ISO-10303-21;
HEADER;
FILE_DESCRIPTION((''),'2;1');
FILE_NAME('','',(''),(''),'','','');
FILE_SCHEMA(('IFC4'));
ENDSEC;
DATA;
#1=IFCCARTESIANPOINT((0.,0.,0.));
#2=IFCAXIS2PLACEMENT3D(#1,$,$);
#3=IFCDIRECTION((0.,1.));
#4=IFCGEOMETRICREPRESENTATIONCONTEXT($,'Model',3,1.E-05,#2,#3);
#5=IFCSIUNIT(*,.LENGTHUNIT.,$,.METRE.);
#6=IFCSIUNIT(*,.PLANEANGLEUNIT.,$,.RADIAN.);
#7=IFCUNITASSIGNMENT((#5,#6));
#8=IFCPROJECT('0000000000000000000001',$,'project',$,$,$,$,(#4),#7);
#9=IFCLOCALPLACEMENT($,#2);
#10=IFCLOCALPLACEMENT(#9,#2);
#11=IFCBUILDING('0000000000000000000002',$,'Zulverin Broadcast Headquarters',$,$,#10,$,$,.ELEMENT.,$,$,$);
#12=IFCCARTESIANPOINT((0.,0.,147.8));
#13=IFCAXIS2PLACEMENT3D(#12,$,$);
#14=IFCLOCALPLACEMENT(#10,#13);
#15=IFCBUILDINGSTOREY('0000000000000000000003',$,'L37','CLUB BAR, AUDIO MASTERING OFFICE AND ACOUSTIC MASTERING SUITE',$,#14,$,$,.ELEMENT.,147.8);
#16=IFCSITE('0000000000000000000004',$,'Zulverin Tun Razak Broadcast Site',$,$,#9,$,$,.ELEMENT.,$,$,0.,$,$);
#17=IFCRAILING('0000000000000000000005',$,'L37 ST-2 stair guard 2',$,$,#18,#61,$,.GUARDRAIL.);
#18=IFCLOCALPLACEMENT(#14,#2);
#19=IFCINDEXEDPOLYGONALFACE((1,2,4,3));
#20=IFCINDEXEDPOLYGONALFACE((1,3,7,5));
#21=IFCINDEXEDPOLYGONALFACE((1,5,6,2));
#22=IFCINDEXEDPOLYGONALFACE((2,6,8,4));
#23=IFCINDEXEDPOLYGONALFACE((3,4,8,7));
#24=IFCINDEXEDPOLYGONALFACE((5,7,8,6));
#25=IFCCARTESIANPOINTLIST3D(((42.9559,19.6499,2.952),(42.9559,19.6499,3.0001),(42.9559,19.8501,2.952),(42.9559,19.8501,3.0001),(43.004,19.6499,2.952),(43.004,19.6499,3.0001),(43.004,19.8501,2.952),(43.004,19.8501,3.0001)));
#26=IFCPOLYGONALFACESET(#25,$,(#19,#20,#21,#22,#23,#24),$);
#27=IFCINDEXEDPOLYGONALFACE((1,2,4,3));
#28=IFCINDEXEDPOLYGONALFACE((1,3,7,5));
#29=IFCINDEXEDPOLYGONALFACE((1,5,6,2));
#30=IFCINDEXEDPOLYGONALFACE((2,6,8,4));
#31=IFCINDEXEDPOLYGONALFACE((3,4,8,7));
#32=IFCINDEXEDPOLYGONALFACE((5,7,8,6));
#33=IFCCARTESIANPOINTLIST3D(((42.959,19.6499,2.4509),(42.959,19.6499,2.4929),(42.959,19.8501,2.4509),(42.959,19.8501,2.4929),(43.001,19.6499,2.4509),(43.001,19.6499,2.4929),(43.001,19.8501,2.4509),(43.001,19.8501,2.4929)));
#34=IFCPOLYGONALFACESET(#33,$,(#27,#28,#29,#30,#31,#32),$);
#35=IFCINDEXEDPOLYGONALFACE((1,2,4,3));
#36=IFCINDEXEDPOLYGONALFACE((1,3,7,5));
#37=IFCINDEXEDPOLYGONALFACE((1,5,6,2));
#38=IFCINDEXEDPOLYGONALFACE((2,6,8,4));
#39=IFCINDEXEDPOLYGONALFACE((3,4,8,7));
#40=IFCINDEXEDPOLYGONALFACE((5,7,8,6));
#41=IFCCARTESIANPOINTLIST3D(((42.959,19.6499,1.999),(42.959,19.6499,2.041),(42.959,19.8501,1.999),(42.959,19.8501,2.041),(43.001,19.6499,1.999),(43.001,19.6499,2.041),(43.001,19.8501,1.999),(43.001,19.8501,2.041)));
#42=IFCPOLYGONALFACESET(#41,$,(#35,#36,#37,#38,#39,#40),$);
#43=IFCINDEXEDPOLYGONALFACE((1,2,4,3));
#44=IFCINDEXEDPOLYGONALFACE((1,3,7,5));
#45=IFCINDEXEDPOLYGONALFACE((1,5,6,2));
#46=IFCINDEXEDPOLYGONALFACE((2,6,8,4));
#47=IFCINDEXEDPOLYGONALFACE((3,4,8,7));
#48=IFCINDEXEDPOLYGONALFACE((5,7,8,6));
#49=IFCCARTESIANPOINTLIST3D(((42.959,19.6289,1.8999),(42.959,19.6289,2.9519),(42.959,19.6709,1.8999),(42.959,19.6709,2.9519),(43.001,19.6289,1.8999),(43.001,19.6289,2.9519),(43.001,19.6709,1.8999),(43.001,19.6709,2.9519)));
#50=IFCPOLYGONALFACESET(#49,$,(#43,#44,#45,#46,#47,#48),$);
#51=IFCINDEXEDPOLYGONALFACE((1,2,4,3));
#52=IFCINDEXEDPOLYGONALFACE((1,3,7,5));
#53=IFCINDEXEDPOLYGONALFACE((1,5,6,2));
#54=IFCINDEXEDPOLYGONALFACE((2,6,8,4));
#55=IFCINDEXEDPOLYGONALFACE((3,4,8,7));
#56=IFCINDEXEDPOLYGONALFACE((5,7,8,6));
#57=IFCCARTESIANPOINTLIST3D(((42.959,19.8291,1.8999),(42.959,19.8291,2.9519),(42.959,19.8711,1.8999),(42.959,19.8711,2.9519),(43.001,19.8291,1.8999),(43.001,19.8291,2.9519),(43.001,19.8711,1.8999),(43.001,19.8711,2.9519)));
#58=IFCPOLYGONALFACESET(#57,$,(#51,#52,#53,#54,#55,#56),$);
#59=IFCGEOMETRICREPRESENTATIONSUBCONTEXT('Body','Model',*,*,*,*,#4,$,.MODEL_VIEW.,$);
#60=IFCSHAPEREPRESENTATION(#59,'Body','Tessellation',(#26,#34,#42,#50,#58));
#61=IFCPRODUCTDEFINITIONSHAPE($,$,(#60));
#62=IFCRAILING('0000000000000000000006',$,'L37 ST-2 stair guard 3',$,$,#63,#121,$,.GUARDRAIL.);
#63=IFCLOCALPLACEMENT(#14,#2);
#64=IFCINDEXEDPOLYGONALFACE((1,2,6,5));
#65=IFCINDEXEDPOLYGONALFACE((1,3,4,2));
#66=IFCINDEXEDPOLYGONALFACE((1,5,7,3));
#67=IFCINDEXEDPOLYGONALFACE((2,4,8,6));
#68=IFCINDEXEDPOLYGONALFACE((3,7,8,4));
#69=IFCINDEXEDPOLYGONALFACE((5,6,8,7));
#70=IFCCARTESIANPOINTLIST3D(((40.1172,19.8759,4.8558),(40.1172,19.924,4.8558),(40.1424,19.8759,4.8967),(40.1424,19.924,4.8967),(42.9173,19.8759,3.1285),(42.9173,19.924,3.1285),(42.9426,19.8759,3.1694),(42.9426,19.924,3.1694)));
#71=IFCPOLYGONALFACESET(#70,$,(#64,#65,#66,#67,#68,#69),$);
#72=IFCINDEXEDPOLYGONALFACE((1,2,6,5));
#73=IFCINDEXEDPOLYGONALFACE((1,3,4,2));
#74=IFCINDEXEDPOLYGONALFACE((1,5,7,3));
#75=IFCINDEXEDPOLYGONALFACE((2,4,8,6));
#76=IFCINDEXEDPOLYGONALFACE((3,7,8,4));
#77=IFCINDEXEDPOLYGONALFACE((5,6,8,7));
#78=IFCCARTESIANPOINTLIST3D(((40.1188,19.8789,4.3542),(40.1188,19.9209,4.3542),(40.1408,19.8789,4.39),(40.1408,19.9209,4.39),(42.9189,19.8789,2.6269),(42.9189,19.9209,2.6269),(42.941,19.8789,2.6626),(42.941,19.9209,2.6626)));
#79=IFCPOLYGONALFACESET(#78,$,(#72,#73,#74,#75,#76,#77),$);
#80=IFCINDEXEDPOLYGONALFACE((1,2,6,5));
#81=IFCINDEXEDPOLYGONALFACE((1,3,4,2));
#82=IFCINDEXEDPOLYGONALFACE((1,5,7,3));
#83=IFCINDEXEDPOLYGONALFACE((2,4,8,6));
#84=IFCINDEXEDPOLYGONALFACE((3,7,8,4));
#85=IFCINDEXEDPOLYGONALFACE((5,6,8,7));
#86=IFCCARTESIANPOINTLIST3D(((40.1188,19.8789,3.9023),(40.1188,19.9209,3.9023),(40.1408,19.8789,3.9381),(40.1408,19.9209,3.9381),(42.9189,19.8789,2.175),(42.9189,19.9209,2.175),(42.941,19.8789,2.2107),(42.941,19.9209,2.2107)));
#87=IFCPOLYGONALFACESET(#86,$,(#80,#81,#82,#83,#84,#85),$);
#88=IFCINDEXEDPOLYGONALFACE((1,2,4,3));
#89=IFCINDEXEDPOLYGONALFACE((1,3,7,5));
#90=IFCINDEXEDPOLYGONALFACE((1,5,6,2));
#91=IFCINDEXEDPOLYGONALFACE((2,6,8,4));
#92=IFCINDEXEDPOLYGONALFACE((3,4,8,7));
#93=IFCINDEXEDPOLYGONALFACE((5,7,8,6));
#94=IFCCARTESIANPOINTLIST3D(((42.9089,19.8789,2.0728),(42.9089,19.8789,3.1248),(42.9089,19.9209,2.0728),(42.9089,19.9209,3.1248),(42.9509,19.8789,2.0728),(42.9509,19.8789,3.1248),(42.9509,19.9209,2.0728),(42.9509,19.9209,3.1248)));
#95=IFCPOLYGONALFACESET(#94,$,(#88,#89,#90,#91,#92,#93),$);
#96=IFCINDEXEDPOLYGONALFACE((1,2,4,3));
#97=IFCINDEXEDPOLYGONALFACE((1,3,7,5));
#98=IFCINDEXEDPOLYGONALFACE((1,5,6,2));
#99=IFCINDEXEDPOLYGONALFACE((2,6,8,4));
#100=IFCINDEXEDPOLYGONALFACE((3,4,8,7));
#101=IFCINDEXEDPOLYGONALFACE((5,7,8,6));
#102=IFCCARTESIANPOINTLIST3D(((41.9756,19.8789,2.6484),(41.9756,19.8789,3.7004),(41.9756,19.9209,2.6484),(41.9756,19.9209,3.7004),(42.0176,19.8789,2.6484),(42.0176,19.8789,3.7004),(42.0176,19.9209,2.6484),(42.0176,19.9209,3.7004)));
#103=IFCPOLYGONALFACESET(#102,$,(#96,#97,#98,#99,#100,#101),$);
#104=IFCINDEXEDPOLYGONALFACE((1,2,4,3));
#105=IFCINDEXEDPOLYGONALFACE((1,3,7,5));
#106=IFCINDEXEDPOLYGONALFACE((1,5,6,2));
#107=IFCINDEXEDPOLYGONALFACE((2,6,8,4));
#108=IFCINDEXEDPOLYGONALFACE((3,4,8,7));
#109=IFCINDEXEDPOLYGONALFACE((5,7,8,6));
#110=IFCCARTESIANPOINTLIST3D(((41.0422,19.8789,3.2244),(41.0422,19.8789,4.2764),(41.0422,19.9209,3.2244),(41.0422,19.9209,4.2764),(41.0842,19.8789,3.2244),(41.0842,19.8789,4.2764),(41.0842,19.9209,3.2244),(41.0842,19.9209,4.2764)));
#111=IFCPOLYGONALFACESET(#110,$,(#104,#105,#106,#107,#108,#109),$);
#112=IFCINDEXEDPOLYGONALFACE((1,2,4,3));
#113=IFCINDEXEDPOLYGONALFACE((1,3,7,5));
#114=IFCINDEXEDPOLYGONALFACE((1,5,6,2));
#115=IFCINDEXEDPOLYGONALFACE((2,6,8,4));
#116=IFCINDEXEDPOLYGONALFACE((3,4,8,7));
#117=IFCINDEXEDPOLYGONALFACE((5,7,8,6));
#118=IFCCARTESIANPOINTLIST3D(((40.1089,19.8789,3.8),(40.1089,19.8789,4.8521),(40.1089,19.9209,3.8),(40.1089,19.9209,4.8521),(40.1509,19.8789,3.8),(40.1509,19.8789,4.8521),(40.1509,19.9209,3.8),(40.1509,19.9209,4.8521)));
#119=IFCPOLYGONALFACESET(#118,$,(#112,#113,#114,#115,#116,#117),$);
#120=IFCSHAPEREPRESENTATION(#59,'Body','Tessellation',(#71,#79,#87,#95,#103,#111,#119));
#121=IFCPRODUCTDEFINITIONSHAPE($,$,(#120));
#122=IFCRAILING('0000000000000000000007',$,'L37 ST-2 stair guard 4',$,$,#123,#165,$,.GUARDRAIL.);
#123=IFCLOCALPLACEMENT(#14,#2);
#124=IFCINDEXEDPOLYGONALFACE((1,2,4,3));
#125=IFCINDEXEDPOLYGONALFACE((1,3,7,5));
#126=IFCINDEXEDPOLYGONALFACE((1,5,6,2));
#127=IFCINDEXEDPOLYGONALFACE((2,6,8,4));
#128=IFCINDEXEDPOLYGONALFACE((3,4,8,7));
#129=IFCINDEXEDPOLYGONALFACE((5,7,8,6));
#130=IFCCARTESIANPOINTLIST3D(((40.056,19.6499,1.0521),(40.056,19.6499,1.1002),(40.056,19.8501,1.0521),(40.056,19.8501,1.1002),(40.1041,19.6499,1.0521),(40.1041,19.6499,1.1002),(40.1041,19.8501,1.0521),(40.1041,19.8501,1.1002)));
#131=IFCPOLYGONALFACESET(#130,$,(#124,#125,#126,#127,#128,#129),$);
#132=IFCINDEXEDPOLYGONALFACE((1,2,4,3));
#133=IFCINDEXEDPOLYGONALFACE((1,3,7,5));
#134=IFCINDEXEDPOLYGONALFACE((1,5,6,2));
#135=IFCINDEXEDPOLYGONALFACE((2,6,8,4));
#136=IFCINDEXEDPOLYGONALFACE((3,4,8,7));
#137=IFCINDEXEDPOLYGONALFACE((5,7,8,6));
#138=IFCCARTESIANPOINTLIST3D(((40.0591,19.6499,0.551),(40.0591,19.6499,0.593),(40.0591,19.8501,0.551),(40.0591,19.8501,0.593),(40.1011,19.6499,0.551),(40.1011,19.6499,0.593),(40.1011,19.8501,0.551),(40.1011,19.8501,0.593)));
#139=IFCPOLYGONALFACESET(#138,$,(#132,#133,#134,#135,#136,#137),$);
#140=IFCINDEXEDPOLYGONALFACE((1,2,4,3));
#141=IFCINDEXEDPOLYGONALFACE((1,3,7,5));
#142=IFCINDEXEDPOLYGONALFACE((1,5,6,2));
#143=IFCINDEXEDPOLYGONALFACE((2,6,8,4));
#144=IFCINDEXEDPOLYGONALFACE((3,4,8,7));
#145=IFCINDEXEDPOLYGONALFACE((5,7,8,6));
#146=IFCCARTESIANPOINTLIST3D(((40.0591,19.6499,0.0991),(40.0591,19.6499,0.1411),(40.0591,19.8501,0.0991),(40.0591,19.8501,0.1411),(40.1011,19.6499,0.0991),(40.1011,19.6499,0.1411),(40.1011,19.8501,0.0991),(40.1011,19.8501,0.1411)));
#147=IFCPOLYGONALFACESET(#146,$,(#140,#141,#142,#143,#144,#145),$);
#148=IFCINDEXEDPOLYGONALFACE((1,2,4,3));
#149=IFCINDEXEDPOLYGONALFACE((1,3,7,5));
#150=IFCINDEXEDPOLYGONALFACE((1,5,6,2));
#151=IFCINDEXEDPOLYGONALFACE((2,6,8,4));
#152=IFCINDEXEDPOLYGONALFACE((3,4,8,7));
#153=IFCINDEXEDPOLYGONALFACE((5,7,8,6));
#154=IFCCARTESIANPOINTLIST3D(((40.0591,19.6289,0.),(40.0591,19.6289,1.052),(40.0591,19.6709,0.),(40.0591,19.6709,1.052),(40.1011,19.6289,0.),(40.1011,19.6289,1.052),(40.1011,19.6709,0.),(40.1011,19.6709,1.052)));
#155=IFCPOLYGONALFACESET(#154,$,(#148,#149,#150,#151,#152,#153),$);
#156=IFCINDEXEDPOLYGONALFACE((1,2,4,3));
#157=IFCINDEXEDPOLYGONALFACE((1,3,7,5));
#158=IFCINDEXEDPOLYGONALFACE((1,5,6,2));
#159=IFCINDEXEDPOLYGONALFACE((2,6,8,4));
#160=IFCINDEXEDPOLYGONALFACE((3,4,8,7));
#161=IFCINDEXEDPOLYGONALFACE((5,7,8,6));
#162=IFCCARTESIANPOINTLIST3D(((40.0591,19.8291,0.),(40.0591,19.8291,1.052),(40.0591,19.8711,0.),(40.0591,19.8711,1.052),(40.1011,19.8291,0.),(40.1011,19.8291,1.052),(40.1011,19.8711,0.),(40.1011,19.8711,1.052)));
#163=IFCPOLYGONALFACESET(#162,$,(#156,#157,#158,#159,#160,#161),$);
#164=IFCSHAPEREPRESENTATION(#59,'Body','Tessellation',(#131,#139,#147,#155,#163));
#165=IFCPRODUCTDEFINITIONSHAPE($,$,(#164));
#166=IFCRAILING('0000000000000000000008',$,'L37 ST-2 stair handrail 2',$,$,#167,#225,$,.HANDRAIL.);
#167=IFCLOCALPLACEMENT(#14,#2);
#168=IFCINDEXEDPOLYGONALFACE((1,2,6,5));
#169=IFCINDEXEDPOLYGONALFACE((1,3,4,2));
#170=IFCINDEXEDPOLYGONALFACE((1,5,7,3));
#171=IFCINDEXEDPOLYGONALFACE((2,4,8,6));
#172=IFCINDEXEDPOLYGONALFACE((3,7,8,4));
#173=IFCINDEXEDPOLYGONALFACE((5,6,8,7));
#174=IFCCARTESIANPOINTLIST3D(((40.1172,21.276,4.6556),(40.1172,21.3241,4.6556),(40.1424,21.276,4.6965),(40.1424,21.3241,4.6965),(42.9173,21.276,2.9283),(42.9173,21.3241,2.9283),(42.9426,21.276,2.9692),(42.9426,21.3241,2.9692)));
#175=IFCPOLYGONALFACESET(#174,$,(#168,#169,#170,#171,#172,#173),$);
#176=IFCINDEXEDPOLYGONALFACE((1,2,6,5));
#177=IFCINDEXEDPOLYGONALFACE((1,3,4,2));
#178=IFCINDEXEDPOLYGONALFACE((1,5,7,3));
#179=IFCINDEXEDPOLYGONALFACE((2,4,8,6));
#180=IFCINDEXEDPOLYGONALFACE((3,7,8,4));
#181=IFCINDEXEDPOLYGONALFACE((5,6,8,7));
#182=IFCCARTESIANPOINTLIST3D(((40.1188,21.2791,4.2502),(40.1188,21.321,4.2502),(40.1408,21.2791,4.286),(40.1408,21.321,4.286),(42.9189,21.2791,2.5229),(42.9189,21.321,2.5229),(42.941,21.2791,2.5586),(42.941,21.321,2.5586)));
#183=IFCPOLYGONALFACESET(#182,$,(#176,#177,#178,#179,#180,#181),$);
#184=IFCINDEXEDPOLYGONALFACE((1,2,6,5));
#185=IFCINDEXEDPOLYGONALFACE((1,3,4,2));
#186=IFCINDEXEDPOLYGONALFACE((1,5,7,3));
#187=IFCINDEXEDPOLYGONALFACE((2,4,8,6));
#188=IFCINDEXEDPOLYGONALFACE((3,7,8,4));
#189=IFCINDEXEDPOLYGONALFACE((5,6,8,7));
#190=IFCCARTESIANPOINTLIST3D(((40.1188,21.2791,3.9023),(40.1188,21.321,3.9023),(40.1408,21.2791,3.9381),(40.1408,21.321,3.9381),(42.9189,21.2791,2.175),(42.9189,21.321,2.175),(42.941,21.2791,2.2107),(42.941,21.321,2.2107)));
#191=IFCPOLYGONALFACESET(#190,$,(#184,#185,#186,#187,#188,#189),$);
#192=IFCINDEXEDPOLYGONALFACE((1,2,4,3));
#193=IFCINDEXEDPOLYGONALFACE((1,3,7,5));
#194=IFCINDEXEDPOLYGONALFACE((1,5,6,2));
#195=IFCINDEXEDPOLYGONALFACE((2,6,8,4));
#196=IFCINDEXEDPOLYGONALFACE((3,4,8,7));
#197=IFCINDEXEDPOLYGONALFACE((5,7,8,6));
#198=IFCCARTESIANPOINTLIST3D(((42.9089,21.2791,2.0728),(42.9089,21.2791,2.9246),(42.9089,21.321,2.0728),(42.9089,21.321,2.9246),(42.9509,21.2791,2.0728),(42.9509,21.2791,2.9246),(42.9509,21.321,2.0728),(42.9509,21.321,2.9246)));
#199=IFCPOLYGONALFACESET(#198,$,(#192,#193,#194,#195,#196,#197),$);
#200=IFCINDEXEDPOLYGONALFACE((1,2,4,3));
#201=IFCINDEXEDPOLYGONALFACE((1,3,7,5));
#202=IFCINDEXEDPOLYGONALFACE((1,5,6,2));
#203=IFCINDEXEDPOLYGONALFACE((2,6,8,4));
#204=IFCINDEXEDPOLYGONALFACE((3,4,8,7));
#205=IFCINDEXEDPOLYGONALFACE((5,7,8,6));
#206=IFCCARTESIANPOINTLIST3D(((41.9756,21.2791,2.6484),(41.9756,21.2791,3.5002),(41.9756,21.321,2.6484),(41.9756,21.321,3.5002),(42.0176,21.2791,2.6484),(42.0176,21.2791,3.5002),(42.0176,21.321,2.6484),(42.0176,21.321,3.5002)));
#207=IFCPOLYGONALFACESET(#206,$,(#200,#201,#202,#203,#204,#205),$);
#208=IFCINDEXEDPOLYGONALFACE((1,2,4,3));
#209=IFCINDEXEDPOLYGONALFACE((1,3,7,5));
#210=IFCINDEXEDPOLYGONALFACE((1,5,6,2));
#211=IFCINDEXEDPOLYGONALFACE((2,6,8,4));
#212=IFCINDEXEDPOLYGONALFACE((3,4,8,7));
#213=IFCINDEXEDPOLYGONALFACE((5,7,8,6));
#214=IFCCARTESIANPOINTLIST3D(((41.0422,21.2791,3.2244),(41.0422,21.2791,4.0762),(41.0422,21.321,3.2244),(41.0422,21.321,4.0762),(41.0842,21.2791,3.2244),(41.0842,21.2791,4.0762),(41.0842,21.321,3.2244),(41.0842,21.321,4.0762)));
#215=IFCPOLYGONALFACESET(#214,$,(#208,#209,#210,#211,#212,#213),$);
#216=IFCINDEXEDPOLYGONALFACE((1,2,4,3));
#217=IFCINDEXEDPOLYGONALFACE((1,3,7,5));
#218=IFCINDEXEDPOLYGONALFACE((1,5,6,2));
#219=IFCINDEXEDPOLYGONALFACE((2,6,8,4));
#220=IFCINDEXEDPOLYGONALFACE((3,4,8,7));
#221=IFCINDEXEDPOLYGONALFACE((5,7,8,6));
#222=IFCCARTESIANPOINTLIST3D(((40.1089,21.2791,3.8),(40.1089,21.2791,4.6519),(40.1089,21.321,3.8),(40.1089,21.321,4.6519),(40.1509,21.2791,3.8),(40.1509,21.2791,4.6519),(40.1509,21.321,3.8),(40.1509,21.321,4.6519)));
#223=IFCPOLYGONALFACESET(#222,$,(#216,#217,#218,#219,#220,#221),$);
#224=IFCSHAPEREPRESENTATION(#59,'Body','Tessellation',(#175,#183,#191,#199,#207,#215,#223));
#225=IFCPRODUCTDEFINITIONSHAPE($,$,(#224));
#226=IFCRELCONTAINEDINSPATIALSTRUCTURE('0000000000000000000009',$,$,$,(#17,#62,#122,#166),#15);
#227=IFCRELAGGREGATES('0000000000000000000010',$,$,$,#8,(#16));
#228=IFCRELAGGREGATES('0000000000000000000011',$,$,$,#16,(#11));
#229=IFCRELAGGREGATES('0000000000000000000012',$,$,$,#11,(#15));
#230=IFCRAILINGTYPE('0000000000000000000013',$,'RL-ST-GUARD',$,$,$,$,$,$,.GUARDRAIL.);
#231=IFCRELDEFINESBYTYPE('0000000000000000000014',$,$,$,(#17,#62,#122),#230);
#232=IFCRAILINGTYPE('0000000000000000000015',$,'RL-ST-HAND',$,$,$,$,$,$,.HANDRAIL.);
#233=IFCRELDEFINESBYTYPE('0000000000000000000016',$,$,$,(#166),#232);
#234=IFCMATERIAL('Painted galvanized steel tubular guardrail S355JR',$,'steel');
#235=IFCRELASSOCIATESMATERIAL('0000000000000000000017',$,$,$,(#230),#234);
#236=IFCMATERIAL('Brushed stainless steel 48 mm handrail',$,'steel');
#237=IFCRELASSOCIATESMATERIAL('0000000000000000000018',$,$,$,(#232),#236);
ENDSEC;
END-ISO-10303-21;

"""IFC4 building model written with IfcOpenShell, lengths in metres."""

from ifc_helpers import new_model, si_unit, direction, frame, origin, origin_2d, place, context, subcontext, project, spatial, rectangle, extrude, material, type_object, element, save


model = new_model("IFC4")

# Units and contexts
model_context = context("Model", 3, precision=1e-05, world=origin(), true_north=direction((0.0, 1.0)))
body_context = subcontext(model_context, "Body", "Model", "MODEL_VIEW")
ifc_project = project(units=[si_unit("LENGTHUNIT", "METRE"), si_unit("PLANEANGLEUNIT", "RADIAN")], contexts=[model_context])

# Site, building, storey
site_placement = place(None, origin())
site = spatial("IfcSite", under=ifc_project, at=site_placement, Name="Zulverin Tun Razak Broadcast Site", CompositionType="ELEMENT", RefElevation=0.0)
building_placement = place(site_placement, origin())
building = spatial("IfcBuilding", under=site, at=building_placement, Name="Zulverin Broadcast Headquarters", CompositionType="ELEMENT")
storey_placement = place(building_placement, frame((0.0, 0.0, 147.8)))
storey = spatial("IfcBuildingStorey", under=building, at=storey_placement, Name="L37", Description="CLUB BAR, AUDIO MASTERING OFFICE AND ACOUSTIC MASTERING SUITE", CompositionType="ELEMENT", Elevation=147.8)

# Railings
ifc_material_1 = material(Name="Painted galvanized steel tubular guardrail S355JR", Category="steel")
railing_type_1 = type_object("IfcRailingType", Name="RL-ST-GUARD", PredefinedType="GUARDRAIL", material=ifc_material_1)
railing_1_placement = place(storey_placement, frame((42.98, 19.6499, 1.8999)))
element("IfcRailing", 1, at=railing_1_placement, inside=storey, type_object=railing_type_1, Name="L37 ST-2 stair guard 2", PredefinedType="GUARDRAIL", context=body_context, shape_type="SweptSolid", body=[
    extrude(rectangle(XDim=0.0481, YDim=0.0481, at=origin_2d()), frame((0.0, 0.0, 1.0762), z_axis=(0.0, 1.0, 0.0), x_axis=(-1.0, 0.0, 0.0)), (0.0, 0.0, 1.0), 0.2002),
    extrude(rectangle(XDim=0.042, YDim=0.042, at=origin_2d()), frame((0.0, 0.0, 0.572), z_axis=(0.0, 1.0, 0.0), x_axis=(-1.0, 0.0, 0.0)), (0.0, 0.0, 1.0), 0.2002),
    extrude(rectangle(XDim=0.042, YDim=0.042, at=origin_2d()), frame((0.0, 0.0, 0.1201), z_axis=(0.0, 1.0, 0.0), x_axis=(-1.0, 0.0, 0.0)), (0.0, 0.0, 1.0), 0.2002),
    extrude(rectangle(XDim=0.042, YDim=0.042, at=origin_2d()), origin(), (0.0, 0.0, 1.0), 1.052),
    extrude(rectangle(XDim=0.042, YDim=0.042, at=origin_2d()), frame((0.0, 0.2002, 0.0)), (0.0, 0.0, 1.0), 1.052),
])
railing_2_placement = place(storey_placement, frame((42.9299, 19.8999, 2.0728)))
element("IfcRailing", 2, at=railing_2_placement, inside=storey, type_object=railing_type_1, Name="L37 ST-2 stair guard 3", PredefinedType="GUARDRAIL", context=body_context, shape_type="SweptSolid", body=[
    extrude(rectangle(XDim=0.0481, YDim=0.0481, at=origin_2d()), frame((0.0, 0.0, 1.0762), z_axis=(-0.85109, 0.0, 0.52502), x_axis=(0.0, -1.0, 0.0)), (0.0, 0.0, 1.0), 3.29),
    extrude(rectangle(XDim=0.042, YDim=0.042, at=origin_2d()), frame((0.0, 0.0, 0.572), z_axis=(-0.85109, 0.0, 0.52502), x_axis=(0.0, -1.0, 0.0)), (0.0, 0.0, 1.0), 3.29),
    extrude(rectangle(XDim=0.042, YDim=0.042, at=origin_2d()), frame((0.0, 0.0, 0.1201), z_axis=(-0.85109, 0.0, 0.52502), x_axis=(0.0, -1.0, 0.0)), (0.0, 0.0, 1.0), 3.29),
    extrude(rectangle(XDim=0.042, YDim=0.042, at=origin_2d()), origin(), (0.0, 0.0, 1.0), 1.052),
    extrude(rectangle(XDim=0.042, YDim=0.042, at=origin_2d()), frame((-0.9333, 0.0, 0.5757)), (0.0, 0.0, 1.0), 1.052),
    extrude(rectangle(XDim=0.042, YDim=0.042, at=origin_2d()), frame((-1.8667, 0.0, 1.1516)), (0.0, 0.0, 1.0), 1.052),
    extrude(rectangle(XDim=0.042, YDim=0.042, at=origin_2d()), frame((-2.8, 0.0, 1.7273)), (0.0, 0.0, 1.0), 1.052),
])
railing_3_placement = place(storey_placement, frame((40.0801, 19.6499, 0.0)))
element("IfcRailing", 3, at=railing_3_placement, inside=storey, type_object=railing_type_1, Name="L37 ST-2 stair guard 4", PredefinedType="GUARDRAIL", context=body_context, shape_type="SweptSolid", body=[
    extrude(rectangle(XDim=0.0481, YDim=0.0481, at=origin_2d()), frame((0.0, 0.0, 1.0762), z_axis=(0.0, 1.0, 0.0), x_axis=(-1.0, 0.0, 0.0)), (0.0, 0.0, 1.0), 0.2002),
    extrude(rectangle(XDim=0.042, YDim=0.042, at=origin_2d()), frame((0.0, 0.0, 0.572), z_axis=(0.0, 1.0, 0.0), x_axis=(-1.0, 0.0, 0.0)), (0.0, 0.0, 1.0), 0.2002),
    extrude(rectangle(XDim=0.042, YDim=0.042, at=origin_2d()), frame((0.0, 0.0, 0.1201), z_axis=(0.0, 1.0, 0.0), x_axis=(-1.0, 0.0, 0.0)), (0.0, 0.0, 1.0), 0.2002),
    extrude(rectangle(XDim=0.042, YDim=0.042, at=origin_2d()), origin(), (0.0, 0.0, 1.0), 1.052),
    extrude(rectangle(XDim=0.042, YDim=0.042, at=origin_2d()), frame((0.0, 0.2002, 0.0)), (0.0, 0.0, 1.0), 1.052),
])
ifc_material_2 = material(Name="Brushed stainless steel 48 mm handrail", Category="steel")
railing_type_2 = type_object("IfcRailingType", Name="RL-ST-HAND", PredefinedType="HANDRAIL", material=ifc_material_2)
railing_4_placement = place(storey_placement, frame((42.9299, 21.3, 2.0728)))
element("IfcRailing", 4, at=railing_4_placement, inside=storey, type_object=railing_type_2, Name="L37 ST-2 stair handrail 2", PredefinedType="HANDRAIL", context=body_context, shape_type="SweptSolid", body=[
    extrude(rectangle(XDim=0.0481, YDim=0.0481, at=origin_2d()), frame((0.0, 0.0, 0.876), z_axis=(-0.85109, 0.0, 0.52502), x_axis=(0.0, -1.0, 0.0)), (0.0, 0.0, 1.0), 3.29),
    extrude(rectangle(XDim=0.042, YDim=0.042, at=origin_2d()), frame((0.0, 0.0, 0.468), z_axis=(-0.85109, 0.0, 0.52502), x_axis=(0.0, -1.0, 0.0)), (0.0, 0.0, 1.0), 3.29),
    extrude(rectangle(XDim=0.042, YDim=0.042, at=origin_2d()), frame((0.0, 0.0, 0.1201), z_axis=(-0.85109, 0.0, 0.52502), x_axis=(0.0, -1.0, 0.0)), (0.0, 0.0, 1.0), 3.29),
    extrude(rectangle(XDim=0.042, YDim=0.042, at=origin_2d()), origin(), (0.0, 0.0, 1.0), 0.8518),
    extrude(rectangle(XDim=0.042, YDim=0.042, at=origin_2d()), frame((-0.9333, 0.0, 0.5757)), (0.0, 0.0, 1.0), 0.8518),
    extrude(rectangle(XDim=0.042, YDim=0.042, at=origin_2d()), frame((-1.8667, 0.0, 1.1516)), (0.0, 0.0, 1.0), 0.8518),
    extrude(rectangle(XDim=0.042, YDim=0.042, at=origin_2d()), frame((-2.8, 0.0, 1.7273)), (0.0, 0.0, 1.0), 0.8518),
])

save(model, "model.ifc")
